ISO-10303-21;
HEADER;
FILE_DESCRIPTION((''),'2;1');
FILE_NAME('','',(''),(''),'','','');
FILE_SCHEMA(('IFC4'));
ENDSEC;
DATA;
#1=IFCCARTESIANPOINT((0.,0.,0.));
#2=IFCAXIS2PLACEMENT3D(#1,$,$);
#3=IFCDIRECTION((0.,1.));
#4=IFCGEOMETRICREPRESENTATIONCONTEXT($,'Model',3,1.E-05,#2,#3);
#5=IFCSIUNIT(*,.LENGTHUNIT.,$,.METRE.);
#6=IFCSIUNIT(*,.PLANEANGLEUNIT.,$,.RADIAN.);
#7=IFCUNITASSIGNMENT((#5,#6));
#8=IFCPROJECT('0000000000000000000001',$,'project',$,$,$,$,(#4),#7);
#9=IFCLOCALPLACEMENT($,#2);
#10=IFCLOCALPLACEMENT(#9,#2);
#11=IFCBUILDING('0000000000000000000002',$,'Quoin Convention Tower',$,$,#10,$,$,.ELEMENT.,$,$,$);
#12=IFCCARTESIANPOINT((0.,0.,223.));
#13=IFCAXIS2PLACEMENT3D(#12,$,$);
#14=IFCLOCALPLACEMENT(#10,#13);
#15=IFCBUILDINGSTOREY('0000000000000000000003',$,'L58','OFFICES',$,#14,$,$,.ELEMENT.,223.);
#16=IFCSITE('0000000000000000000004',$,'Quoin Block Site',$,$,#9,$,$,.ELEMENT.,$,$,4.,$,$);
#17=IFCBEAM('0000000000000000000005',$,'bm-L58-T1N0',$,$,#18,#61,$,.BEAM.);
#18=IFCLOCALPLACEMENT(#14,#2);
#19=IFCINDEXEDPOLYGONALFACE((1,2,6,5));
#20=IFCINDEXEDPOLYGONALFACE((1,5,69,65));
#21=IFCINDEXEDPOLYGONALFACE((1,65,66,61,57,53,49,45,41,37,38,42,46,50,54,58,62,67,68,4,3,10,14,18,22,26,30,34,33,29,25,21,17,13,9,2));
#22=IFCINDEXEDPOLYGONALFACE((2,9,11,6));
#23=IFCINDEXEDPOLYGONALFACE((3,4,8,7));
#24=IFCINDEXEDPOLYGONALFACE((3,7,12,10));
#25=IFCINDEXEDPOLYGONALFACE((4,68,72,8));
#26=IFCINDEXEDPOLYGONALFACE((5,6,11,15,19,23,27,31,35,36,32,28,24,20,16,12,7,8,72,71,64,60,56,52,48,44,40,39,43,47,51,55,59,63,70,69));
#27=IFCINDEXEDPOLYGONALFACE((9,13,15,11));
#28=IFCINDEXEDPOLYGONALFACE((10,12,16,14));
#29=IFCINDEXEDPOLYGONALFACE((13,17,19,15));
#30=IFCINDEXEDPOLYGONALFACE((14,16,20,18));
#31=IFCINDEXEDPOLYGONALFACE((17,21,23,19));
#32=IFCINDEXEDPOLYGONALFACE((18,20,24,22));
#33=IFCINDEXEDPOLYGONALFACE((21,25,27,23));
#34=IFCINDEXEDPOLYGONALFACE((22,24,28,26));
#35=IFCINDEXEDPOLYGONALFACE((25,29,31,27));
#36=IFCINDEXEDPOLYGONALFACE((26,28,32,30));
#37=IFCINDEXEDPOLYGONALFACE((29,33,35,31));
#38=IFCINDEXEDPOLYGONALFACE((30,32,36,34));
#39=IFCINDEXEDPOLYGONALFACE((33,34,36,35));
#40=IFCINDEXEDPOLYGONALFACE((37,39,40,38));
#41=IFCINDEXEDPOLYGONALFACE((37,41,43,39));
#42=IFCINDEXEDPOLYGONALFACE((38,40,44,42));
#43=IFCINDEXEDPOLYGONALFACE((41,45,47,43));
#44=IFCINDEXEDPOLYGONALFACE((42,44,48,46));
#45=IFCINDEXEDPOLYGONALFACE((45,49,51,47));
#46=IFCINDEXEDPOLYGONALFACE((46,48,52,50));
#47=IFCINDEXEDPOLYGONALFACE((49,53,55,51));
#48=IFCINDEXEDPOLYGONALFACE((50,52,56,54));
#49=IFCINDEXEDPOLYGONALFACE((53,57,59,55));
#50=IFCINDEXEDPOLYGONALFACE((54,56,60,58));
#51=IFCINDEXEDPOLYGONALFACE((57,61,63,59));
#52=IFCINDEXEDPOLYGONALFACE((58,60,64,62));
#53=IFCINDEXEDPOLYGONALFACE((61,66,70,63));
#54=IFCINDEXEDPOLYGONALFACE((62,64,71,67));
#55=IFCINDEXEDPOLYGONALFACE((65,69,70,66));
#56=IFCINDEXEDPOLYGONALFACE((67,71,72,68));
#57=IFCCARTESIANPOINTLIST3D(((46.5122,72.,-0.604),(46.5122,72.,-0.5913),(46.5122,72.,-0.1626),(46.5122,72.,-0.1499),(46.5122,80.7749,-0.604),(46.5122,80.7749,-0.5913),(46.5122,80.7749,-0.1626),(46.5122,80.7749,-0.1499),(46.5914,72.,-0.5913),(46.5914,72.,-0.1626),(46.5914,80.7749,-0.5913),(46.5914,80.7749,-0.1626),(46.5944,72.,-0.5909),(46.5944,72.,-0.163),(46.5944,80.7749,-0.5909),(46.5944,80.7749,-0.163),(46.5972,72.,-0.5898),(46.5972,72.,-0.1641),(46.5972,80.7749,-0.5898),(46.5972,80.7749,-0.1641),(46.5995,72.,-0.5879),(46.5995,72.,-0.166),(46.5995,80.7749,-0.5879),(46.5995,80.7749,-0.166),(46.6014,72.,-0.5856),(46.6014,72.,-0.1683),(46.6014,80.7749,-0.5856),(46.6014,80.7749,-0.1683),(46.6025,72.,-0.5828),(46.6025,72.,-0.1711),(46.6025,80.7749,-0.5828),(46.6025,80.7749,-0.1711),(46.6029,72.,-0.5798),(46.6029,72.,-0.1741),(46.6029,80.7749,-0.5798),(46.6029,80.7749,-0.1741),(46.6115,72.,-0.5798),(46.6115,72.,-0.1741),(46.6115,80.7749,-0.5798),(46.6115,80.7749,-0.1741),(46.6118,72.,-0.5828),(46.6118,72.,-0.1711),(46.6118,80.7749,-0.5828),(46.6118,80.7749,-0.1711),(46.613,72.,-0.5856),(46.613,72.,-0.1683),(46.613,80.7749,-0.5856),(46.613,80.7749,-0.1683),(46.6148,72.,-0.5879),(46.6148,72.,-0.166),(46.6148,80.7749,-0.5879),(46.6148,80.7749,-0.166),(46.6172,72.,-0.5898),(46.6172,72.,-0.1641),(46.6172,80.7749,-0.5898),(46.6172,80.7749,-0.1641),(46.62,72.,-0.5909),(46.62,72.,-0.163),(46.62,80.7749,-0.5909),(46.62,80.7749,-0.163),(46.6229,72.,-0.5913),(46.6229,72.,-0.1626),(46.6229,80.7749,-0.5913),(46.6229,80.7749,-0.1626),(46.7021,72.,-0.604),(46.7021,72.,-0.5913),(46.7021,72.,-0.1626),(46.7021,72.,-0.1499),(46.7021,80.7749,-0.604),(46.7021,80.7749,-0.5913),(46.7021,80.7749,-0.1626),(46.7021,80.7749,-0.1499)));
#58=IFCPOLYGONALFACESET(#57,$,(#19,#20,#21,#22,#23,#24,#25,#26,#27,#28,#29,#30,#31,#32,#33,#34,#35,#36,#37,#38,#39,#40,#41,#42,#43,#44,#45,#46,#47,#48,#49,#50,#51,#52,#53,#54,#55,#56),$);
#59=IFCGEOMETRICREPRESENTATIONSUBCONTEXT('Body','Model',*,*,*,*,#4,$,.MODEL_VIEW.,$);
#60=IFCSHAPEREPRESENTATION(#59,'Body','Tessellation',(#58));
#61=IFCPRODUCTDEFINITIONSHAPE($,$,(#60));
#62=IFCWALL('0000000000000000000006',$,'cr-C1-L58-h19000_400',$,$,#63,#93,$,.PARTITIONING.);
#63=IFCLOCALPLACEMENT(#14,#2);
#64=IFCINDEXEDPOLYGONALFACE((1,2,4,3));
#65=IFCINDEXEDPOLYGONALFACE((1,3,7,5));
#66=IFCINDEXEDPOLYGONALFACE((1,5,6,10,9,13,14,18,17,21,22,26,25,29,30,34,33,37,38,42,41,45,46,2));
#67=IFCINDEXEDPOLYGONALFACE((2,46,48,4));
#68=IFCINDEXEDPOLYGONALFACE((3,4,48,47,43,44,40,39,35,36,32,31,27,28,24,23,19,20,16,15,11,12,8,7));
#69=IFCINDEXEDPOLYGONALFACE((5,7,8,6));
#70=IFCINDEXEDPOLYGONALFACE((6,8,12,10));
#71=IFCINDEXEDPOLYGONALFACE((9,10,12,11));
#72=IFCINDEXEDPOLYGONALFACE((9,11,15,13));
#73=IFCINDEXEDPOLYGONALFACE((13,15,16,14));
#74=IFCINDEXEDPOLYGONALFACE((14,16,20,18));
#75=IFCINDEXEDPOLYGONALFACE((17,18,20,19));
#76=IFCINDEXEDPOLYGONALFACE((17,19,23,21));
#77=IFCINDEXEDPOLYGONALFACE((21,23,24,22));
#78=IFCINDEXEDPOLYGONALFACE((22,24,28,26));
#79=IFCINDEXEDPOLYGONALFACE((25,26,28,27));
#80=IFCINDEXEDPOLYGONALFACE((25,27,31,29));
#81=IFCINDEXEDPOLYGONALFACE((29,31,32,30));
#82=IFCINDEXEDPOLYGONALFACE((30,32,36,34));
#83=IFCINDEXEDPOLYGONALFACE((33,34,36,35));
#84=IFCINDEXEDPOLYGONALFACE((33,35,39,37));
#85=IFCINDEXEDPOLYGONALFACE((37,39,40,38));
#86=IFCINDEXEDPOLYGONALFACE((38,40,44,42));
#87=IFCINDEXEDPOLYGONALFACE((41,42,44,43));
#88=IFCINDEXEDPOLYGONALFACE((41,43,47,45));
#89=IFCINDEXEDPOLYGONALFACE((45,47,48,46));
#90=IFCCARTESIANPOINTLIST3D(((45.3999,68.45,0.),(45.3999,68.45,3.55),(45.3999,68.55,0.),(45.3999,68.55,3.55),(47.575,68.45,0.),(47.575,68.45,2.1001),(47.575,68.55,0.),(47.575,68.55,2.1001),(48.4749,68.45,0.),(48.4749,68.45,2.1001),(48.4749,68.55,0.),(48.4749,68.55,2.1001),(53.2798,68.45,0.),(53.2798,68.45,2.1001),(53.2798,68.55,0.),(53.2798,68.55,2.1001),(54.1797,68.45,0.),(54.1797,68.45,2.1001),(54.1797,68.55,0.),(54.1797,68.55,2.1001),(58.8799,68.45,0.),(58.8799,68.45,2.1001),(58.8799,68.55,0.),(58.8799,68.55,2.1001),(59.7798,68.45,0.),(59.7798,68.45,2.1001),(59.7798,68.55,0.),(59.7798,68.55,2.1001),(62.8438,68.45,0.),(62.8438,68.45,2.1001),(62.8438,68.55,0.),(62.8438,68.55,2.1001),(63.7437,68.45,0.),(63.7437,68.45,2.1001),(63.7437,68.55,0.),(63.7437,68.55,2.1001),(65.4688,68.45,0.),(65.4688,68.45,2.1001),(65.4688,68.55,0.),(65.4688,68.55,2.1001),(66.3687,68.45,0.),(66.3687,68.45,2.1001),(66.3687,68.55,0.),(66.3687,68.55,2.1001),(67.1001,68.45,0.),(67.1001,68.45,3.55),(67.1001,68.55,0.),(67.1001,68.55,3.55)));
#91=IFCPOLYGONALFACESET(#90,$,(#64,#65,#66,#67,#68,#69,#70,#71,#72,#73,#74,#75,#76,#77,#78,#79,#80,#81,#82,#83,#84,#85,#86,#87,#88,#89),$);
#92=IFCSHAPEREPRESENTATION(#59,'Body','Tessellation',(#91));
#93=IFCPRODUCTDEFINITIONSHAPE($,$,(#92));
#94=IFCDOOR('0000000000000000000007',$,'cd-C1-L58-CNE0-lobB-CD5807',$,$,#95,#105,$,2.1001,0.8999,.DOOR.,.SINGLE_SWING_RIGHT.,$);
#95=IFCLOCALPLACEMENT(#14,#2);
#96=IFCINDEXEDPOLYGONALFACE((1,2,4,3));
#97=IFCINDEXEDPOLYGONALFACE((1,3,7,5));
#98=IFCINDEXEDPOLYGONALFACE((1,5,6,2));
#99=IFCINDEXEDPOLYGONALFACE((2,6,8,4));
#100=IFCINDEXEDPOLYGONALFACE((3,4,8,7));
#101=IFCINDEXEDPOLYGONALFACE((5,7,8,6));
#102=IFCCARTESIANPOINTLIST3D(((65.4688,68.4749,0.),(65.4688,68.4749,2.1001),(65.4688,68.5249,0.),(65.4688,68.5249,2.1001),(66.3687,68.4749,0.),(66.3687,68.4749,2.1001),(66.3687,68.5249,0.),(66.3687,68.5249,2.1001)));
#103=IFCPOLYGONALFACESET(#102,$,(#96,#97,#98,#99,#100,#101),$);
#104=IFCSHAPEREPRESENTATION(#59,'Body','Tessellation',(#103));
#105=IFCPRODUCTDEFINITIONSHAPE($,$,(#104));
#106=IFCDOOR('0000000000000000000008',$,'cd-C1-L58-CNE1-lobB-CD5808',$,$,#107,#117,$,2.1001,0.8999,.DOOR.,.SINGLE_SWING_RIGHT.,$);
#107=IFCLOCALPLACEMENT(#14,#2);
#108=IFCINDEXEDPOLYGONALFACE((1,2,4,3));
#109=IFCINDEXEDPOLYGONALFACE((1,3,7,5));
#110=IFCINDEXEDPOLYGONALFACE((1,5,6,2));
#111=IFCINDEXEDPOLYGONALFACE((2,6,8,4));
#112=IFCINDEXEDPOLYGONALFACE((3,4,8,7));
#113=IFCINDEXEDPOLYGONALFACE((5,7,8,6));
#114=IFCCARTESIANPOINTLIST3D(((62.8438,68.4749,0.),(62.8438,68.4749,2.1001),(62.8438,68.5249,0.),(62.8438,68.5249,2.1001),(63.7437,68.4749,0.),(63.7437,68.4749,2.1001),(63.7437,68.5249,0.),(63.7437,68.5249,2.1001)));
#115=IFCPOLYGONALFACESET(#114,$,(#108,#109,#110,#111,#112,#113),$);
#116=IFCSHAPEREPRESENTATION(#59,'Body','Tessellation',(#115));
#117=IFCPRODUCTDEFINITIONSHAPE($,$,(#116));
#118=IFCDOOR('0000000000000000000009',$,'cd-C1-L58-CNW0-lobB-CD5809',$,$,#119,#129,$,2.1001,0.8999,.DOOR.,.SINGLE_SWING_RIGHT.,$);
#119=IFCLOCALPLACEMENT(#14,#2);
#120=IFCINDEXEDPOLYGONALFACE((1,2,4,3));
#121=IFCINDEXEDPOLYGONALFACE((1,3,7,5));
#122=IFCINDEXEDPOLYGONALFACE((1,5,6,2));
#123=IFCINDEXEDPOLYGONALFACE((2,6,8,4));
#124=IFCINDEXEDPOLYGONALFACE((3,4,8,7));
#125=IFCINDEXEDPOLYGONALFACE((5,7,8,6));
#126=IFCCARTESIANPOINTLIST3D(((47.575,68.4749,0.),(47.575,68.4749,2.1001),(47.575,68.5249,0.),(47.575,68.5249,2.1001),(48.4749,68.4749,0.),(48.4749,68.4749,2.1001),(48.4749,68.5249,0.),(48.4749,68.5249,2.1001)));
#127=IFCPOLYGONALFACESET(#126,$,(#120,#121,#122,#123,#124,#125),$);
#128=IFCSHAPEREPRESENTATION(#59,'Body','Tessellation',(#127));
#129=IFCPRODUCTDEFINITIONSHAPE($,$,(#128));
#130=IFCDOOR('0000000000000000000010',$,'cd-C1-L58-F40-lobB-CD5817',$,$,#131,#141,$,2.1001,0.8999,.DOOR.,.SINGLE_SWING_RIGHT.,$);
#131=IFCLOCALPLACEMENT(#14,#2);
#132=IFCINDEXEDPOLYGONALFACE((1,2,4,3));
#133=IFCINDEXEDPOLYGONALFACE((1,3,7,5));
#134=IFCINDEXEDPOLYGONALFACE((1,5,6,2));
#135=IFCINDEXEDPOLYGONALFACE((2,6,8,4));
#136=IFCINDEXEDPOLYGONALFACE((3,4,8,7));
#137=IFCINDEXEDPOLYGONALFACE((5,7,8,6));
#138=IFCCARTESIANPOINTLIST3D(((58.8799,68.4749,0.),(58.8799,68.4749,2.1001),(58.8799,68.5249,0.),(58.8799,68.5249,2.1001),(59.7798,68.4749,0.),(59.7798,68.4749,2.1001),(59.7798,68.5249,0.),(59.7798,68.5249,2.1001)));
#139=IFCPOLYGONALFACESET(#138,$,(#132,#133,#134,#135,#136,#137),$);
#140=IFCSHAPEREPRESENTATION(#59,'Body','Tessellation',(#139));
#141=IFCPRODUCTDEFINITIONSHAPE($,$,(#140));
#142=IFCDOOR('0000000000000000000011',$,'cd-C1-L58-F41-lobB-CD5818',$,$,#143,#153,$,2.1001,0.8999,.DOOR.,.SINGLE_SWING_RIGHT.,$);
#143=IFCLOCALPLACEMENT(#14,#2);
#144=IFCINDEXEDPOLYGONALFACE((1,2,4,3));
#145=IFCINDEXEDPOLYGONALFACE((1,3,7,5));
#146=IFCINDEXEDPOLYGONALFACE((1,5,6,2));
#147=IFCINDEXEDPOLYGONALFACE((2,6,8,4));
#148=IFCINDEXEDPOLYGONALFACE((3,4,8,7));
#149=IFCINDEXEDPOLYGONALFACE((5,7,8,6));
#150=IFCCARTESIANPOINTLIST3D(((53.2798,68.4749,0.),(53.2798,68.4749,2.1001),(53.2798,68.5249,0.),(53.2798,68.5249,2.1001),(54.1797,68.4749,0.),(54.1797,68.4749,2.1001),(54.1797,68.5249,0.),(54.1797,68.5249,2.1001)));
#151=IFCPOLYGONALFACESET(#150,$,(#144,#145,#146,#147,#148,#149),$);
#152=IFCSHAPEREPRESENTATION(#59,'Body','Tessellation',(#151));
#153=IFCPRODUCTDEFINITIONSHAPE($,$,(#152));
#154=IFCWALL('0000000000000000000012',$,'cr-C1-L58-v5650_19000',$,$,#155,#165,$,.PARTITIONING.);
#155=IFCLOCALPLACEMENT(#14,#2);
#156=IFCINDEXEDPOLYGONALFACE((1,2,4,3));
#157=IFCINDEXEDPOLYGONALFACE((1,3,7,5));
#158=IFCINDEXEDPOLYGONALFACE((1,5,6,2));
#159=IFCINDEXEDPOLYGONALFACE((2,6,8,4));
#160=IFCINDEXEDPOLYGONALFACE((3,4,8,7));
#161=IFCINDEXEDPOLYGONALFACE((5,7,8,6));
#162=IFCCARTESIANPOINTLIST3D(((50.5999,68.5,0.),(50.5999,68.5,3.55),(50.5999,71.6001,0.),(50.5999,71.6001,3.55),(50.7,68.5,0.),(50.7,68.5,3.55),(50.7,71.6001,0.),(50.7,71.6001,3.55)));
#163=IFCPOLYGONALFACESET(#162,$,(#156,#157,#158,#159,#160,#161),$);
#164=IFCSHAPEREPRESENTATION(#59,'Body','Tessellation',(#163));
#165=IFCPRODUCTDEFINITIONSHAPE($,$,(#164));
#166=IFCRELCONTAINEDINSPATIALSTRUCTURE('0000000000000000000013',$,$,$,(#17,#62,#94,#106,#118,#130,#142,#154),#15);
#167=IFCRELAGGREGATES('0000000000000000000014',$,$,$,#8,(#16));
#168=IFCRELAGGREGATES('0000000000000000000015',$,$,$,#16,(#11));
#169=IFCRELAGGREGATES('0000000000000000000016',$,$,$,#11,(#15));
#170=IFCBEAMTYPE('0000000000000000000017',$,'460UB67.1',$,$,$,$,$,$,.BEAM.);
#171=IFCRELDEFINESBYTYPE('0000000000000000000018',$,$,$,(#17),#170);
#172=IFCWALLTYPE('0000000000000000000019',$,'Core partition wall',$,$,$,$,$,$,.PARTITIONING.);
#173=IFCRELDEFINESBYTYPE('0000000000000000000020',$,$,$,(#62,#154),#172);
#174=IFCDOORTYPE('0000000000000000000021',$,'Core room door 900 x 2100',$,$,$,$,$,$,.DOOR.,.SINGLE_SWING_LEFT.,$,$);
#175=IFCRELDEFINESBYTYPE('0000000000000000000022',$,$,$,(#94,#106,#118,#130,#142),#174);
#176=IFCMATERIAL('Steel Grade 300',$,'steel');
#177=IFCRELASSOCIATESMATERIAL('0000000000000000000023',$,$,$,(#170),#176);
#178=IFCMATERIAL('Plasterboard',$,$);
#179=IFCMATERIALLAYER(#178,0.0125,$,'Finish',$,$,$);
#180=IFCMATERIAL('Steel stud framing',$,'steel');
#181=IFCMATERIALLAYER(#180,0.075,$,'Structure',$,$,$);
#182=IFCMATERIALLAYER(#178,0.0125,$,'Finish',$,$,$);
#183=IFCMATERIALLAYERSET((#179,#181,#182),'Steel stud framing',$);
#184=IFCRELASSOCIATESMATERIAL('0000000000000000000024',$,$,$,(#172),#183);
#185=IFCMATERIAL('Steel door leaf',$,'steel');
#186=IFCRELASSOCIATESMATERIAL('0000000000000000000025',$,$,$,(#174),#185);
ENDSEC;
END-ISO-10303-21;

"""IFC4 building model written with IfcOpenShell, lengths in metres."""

from ifc_helpers import new_model, si_unit, direction, frame, frame_2d, origin, origin_2d, place, context, subcontext, project, spatial, rectangle, i_section, extrude, material, layer, layer_set, material_profile, profile_set, type_object, element, fill, save


model = new_model("IFC4")

# Units and contexts
model_context = context("Model", 3, precision=1e-05, world=origin(), true_north=direction((0.0, 1.0)))
body_context = subcontext(model_context, "Body", "Model", "MODEL_VIEW")
ifc_project = project(units=[si_unit("LENGTHUNIT", "METRE"), si_unit("PLANEANGLEUNIT", "RADIAN")], contexts=[model_context])

# Site, building, storey
site_placement = place(None, origin())
site = spatial("IfcSite", under=ifc_project, at=site_placement, Name="Quoin Block Site", CompositionType="ELEMENT", RefElevation=4.0)
building_placement = place(site_placement, origin())
building = spatial("IfcBuilding", under=site, at=building_placement, Name="Quoin Convention Tower", CompositionType="ELEMENT")
storey_placement = place(building_placement, frame((0.0, 0.0, 223.0)))
storey = spatial("IfcBuildingStorey", under=building, at=storey_placement, Name="L58", Description="OFFICES", CompositionType="ELEMENT", Elevation=223.0)

# Beam
ifc_material_1 = material(Name="Steel Grade 300", Category="steel")
ifc_material_profile = material_profile(ifc_material_1, i_section(OverallWidth=0.1899, OverallDepth=0.4541, WebThickness=0.0085, FlangeThickness=0.0127, FilletRadius=0.0115, at=origin_2d()), Name="460UB67.1")
ifc_profile_set = profile_set([ifc_material_profile], Name="Steel Grade 300")
beam_type = type_object("IfcBeamType", Name="460UB67.1", PredefinedType="BEAM", material=ifc_profile_set)
beam_placement = place(storey_placement, frame((46.6072, 72.0, -0.377), z_axis=(0.0, 1.0, 0.0), x_axis=(-1.0, 0.0, 0.0)))
element("IfcBeam", 1, at=beam_placement, inside=storey, type_object=beam_type, Name="bm-L58-T1N0", PredefinedType="BEAM", context=body_context, shape_type="SweptSolid", body=[
    extrude(i_section(OverallWidth=0.1899, OverallDepth=0.4541, WebThickness=0.0085, FlangeThickness=0.0127, FilletRadius=0.0115, at=origin_2d()), origin(), (0.0, 0.0, 1.0), 8.7749),
])

# Wall, openings, doors
ifc_material_2 = material(Name="Plasterboard")
ifc_layer_1 = layer(ifc_material_2, 0.0125, Name="Finish")
ifc_material_3 = material(Name="Steel stud framing", Category="steel")
ifc_layer_2 = layer(ifc_material_3, 0.075, Name="Structure")
ifc_layer_3 = layer(ifc_material_2, 0.0125, Name="Finish")
ifc_layer_set_1 = layer_set([ifc_layer_1, ifc_layer_2, ifc_layer_3], Name="Steel stud framing")
wall_type_1 = type_object("IfcWallType", Name="Core partition wall", PredefinedType="PARTITIONING", material=ifc_layer_set_1)
wall_1_placement = place(storey_placement, frame((45.3999, 68.5, 0.0), z_axis=(0.0, 0.0, 1.0), x_axis=(1.0, 0.0, 0.0)))
wall_1 = element("IfcWall", 2, at=wall_1_placement, inside=storey, type_object=wall_type_1, Name="cr-C1-L58-h19000_400", PredefinedType="PARTITIONING", context=body_context, shape_type="SweptSolid", body=[
    extrude(rectangle(XDim=21.7002, YDim=0.1001, at=frame_2d((10.8501, 0.0))), origin(), (0.0, 0.0, 1.0), 3.55),
])
opening_1_placement = place(wall_1_placement, frame((20.0688, 0.0, 0.0)))
opening_1 = element("IfcOpeningElement", 3, at=opening_1_placement, cuts=wall_1, PredefinedType="OPENING", context=body_context, shape_type="SweptSolid", body=[
    extrude(rectangle(XDim=0.8999, YDim=2.1001, at=frame_2d((0.45, 1.05))), frame((0.0, 0.0601, 0.0), z_axis=(0.0, -1.0, 0.0), x_axis=(1.0, 0.0, 0.0)), (0.0, 0.0, 1.0), 0.1201),
])
opening_2_placement = place(wall_1_placement, frame((17.4438, 0.0, 0.0)))
opening_2 = element("IfcOpeningElement", 4, at=opening_2_placement, cuts=wall_1, PredefinedType="OPENING", context=body_context, shape_type="SweptSolid", body=[
    extrude(rectangle(XDim=0.8999, YDim=2.1001, at=frame_2d((0.45, 1.05))), frame((0.0, 0.0601, 0.0), z_axis=(0.0, -1.0, 0.0), x_axis=(1.0, 0.0, 0.0)), (0.0, 0.0, 1.0), 0.1201),
])
opening_3_placement = place(wall_1_placement, frame((2.175, 0.0, 0.0)))
opening_3 = element("IfcOpeningElement", 5, at=opening_3_placement, cuts=wall_1, PredefinedType="OPENING", context=body_context, shape_type="SweptSolid", body=[
    extrude(rectangle(XDim=0.8999, YDim=2.1001, at=frame_2d((0.45, 1.05))), frame((0.0, 0.0601, 0.0), z_axis=(0.0, -1.0, 0.0), x_axis=(1.0, 0.0, 0.0)), (0.0, 0.0, 1.0), 0.1201),
])
opening_4_placement = place(wall_1_placement, frame((13.48, 0.0, 0.0)))
opening_4 = element("IfcOpeningElement", 6, at=opening_4_placement, cuts=wall_1, PredefinedType="OPENING", context=body_context, shape_type="SweptSolid", body=[
    extrude(rectangle(XDim=0.8999, YDim=2.1001, at=frame_2d((0.45, 1.05))), frame((0.0, 0.0601, 0.0), z_axis=(0.0, -1.0, 0.0), x_axis=(1.0, 0.0, 0.0)), (0.0, 0.0, 1.0), 0.1201),
])
opening_5_placement = place(wall_1_placement, frame((7.8799, 0.0, 0.0)))
opening_5 = element("IfcOpeningElement", 7, at=opening_5_placement, cuts=wall_1, PredefinedType="OPENING", context=body_context, shape_type="SweptSolid", body=[
    extrude(rectangle(XDim=0.8999, YDim=2.1001, at=frame_2d((0.45, 1.05))), frame((0.0, 0.0601, 0.0), z_axis=(0.0, -1.0, 0.0), x_axis=(1.0, 0.0, 0.0)), (0.0, 0.0, 1.0), 0.1201),
])
ifc_material_4 = material(Name="Steel door leaf", Category="steel")
door_type_1 = type_object("IfcDoorType", Name="Core room door 900 x 2100", OperationType="SINGLE_SWING_LEFT", PredefinedType="DOOR", material=ifc_material_4)
door_1_placement = place(opening_1_placement, origin())
door_1 = element("IfcDoor", 8, at=door_1_placement, inside=storey, type_object=door_type_1, Name="cd-C1-L58-CNE0-lobB-CD5807", OperationType="SINGLE_SWING_RIGHT", OverallHeight=2.1001, OverallWidth=0.8999, PredefinedType="DOOR", context=body_context, shape_type="SweptSolid", body=[
    extrude(rectangle(XDim=0.8999, YDim=2.1001, at=frame_2d((0.45, 1.05))), frame((0.0, 0.0249, 0.0), z_axis=(0.0, -1.0, 0.0), x_axis=(1.0, 0.0, 0.0)), (0.0, 0.0, 1.0), 0.05),
])
fill(opening_1, door_1)
door_2_placement = place(opening_2_placement, origin())
door_2 = element("IfcDoor", 9, at=door_2_placement, inside=storey, type_object=door_type_1, Name="cd-C1-L58-CNE1-lobB-CD5808", OperationType="SINGLE_SWING_RIGHT", OverallHeight=2.1001, OverallWidth=0.8999, PredefinedType="DOOR", context=body_context, shape_type="SweptSolid", body=[
    extrude(rectangle(XDim=0.8999, YDim=2.1001, at=frame_2d((0.45, 1.05))), frame((0.0, 0.0249, 0.0), z_axis=(0.0, -1.0, 0.0), x_axis=(1.0, 0.0, 0.0)), (0.0, 0.0, 1.0), 0.05),
])
fill(opening_2, door_2)
door_3_placement = place(opening_3_placement, origin())
door_3 = element("IfcDoor", 10, at=door_3_placement, inside=storey, type_object=door_type_1, Name="cd-C1-L58-CNW0-lobB-CD5809", OperationType="SINGLE_SWING_RIGHT", OverallHeight=2.1001, OverallWidth=0.8999, PredefinedType="DOOR", context=body_context, shape_type="SweptSolid", body=[
    extrude(rectangle(XDim=0.8999, YDim=2.1001, at=frame_2d((0.45, 1.05))), frame((0.0, 0.0249, 0.0), z_axis=(0.0, -1.0, 0.0), x_axis=(1.0, 0.0, 0.0)), (0.0, 0.0, 1.0), 0.05),
])
fill(opening_3, door_3)
door_4_placement = place(opening_4_placement, origin())
door_4 = element("IfcDoor", 11, at=door_4_placement, inside=storey, type_object=door_type_1, Name="cd-C1-L58-F40-lobB-CD5817", OperationType="SINGLE_SWING_RIGHT", OverallHeight=2.1001, OverallWidth=0.8999, PredefinedType="DOOR", context=body_context, shape_type="SweptSolid", body=[
    extrude(rectangle(XDim=0.8999, YDim=2.1001, at=frame_2d((0.45, 1.05))), frame((0.0, 0.0249, 0.0), z_axis=(0.0, -1.0, 0.0), x_axis=(1.0, 0.0, 0.0)), (0.0, 0.0, 1.0), 0.05),
])
fill(opening_4, door_4)
door_5_placement = place(opening_5_placement, origin())
door_5 = element("IfcDoor", 12, at=door_5_placement, inside=storey, type_object=door_type_1, Name="cd-C1-L58-F41-lobB-CD5818", OperationType="SINGLE_SWING_RIGHT", OverallHeight=2.1001, OverallWidth=0.8999, PredefinedType="DOOR", context=body_context, shape_type="SweptSolid", body=[
    extrude(rectangle(XDim=0.8999, YDim=2.1001, at=frame_2d((0.45, 1.05))), frame((0.0, 0.0249, 0.0), z_axis=(0.0, -1.0, 0.0), x_axis=(1.0, 0.0, 0.0)), (0.0, 0.0, 1.0), 0.05),
])
fill(opening_5, door_5)

# Wall
wall_2_placement = place(storey_placement, frame((50.6499, 68.5, 0.0), z_axis=(0.0, 0.0, 1.0), x_axis=(0.0, 1.0, 0.0)))
element("IfcWall", 13, at=wall_2_placement, inside=storey, type_object=wall_type_1, Name="cr-C1-L58-v5650_19000", PredefinedType="PARTITIONING", context=body_context, shape_type="SweptSolid", body=[
    extrude(rectangle(XDim=3.1001, YDim=0.1001, at=frame_2d((1.55, 0.0))), origin(), (0.0, 0.0, 1.0), 3.55),
])

save(model, "model.ifc")
